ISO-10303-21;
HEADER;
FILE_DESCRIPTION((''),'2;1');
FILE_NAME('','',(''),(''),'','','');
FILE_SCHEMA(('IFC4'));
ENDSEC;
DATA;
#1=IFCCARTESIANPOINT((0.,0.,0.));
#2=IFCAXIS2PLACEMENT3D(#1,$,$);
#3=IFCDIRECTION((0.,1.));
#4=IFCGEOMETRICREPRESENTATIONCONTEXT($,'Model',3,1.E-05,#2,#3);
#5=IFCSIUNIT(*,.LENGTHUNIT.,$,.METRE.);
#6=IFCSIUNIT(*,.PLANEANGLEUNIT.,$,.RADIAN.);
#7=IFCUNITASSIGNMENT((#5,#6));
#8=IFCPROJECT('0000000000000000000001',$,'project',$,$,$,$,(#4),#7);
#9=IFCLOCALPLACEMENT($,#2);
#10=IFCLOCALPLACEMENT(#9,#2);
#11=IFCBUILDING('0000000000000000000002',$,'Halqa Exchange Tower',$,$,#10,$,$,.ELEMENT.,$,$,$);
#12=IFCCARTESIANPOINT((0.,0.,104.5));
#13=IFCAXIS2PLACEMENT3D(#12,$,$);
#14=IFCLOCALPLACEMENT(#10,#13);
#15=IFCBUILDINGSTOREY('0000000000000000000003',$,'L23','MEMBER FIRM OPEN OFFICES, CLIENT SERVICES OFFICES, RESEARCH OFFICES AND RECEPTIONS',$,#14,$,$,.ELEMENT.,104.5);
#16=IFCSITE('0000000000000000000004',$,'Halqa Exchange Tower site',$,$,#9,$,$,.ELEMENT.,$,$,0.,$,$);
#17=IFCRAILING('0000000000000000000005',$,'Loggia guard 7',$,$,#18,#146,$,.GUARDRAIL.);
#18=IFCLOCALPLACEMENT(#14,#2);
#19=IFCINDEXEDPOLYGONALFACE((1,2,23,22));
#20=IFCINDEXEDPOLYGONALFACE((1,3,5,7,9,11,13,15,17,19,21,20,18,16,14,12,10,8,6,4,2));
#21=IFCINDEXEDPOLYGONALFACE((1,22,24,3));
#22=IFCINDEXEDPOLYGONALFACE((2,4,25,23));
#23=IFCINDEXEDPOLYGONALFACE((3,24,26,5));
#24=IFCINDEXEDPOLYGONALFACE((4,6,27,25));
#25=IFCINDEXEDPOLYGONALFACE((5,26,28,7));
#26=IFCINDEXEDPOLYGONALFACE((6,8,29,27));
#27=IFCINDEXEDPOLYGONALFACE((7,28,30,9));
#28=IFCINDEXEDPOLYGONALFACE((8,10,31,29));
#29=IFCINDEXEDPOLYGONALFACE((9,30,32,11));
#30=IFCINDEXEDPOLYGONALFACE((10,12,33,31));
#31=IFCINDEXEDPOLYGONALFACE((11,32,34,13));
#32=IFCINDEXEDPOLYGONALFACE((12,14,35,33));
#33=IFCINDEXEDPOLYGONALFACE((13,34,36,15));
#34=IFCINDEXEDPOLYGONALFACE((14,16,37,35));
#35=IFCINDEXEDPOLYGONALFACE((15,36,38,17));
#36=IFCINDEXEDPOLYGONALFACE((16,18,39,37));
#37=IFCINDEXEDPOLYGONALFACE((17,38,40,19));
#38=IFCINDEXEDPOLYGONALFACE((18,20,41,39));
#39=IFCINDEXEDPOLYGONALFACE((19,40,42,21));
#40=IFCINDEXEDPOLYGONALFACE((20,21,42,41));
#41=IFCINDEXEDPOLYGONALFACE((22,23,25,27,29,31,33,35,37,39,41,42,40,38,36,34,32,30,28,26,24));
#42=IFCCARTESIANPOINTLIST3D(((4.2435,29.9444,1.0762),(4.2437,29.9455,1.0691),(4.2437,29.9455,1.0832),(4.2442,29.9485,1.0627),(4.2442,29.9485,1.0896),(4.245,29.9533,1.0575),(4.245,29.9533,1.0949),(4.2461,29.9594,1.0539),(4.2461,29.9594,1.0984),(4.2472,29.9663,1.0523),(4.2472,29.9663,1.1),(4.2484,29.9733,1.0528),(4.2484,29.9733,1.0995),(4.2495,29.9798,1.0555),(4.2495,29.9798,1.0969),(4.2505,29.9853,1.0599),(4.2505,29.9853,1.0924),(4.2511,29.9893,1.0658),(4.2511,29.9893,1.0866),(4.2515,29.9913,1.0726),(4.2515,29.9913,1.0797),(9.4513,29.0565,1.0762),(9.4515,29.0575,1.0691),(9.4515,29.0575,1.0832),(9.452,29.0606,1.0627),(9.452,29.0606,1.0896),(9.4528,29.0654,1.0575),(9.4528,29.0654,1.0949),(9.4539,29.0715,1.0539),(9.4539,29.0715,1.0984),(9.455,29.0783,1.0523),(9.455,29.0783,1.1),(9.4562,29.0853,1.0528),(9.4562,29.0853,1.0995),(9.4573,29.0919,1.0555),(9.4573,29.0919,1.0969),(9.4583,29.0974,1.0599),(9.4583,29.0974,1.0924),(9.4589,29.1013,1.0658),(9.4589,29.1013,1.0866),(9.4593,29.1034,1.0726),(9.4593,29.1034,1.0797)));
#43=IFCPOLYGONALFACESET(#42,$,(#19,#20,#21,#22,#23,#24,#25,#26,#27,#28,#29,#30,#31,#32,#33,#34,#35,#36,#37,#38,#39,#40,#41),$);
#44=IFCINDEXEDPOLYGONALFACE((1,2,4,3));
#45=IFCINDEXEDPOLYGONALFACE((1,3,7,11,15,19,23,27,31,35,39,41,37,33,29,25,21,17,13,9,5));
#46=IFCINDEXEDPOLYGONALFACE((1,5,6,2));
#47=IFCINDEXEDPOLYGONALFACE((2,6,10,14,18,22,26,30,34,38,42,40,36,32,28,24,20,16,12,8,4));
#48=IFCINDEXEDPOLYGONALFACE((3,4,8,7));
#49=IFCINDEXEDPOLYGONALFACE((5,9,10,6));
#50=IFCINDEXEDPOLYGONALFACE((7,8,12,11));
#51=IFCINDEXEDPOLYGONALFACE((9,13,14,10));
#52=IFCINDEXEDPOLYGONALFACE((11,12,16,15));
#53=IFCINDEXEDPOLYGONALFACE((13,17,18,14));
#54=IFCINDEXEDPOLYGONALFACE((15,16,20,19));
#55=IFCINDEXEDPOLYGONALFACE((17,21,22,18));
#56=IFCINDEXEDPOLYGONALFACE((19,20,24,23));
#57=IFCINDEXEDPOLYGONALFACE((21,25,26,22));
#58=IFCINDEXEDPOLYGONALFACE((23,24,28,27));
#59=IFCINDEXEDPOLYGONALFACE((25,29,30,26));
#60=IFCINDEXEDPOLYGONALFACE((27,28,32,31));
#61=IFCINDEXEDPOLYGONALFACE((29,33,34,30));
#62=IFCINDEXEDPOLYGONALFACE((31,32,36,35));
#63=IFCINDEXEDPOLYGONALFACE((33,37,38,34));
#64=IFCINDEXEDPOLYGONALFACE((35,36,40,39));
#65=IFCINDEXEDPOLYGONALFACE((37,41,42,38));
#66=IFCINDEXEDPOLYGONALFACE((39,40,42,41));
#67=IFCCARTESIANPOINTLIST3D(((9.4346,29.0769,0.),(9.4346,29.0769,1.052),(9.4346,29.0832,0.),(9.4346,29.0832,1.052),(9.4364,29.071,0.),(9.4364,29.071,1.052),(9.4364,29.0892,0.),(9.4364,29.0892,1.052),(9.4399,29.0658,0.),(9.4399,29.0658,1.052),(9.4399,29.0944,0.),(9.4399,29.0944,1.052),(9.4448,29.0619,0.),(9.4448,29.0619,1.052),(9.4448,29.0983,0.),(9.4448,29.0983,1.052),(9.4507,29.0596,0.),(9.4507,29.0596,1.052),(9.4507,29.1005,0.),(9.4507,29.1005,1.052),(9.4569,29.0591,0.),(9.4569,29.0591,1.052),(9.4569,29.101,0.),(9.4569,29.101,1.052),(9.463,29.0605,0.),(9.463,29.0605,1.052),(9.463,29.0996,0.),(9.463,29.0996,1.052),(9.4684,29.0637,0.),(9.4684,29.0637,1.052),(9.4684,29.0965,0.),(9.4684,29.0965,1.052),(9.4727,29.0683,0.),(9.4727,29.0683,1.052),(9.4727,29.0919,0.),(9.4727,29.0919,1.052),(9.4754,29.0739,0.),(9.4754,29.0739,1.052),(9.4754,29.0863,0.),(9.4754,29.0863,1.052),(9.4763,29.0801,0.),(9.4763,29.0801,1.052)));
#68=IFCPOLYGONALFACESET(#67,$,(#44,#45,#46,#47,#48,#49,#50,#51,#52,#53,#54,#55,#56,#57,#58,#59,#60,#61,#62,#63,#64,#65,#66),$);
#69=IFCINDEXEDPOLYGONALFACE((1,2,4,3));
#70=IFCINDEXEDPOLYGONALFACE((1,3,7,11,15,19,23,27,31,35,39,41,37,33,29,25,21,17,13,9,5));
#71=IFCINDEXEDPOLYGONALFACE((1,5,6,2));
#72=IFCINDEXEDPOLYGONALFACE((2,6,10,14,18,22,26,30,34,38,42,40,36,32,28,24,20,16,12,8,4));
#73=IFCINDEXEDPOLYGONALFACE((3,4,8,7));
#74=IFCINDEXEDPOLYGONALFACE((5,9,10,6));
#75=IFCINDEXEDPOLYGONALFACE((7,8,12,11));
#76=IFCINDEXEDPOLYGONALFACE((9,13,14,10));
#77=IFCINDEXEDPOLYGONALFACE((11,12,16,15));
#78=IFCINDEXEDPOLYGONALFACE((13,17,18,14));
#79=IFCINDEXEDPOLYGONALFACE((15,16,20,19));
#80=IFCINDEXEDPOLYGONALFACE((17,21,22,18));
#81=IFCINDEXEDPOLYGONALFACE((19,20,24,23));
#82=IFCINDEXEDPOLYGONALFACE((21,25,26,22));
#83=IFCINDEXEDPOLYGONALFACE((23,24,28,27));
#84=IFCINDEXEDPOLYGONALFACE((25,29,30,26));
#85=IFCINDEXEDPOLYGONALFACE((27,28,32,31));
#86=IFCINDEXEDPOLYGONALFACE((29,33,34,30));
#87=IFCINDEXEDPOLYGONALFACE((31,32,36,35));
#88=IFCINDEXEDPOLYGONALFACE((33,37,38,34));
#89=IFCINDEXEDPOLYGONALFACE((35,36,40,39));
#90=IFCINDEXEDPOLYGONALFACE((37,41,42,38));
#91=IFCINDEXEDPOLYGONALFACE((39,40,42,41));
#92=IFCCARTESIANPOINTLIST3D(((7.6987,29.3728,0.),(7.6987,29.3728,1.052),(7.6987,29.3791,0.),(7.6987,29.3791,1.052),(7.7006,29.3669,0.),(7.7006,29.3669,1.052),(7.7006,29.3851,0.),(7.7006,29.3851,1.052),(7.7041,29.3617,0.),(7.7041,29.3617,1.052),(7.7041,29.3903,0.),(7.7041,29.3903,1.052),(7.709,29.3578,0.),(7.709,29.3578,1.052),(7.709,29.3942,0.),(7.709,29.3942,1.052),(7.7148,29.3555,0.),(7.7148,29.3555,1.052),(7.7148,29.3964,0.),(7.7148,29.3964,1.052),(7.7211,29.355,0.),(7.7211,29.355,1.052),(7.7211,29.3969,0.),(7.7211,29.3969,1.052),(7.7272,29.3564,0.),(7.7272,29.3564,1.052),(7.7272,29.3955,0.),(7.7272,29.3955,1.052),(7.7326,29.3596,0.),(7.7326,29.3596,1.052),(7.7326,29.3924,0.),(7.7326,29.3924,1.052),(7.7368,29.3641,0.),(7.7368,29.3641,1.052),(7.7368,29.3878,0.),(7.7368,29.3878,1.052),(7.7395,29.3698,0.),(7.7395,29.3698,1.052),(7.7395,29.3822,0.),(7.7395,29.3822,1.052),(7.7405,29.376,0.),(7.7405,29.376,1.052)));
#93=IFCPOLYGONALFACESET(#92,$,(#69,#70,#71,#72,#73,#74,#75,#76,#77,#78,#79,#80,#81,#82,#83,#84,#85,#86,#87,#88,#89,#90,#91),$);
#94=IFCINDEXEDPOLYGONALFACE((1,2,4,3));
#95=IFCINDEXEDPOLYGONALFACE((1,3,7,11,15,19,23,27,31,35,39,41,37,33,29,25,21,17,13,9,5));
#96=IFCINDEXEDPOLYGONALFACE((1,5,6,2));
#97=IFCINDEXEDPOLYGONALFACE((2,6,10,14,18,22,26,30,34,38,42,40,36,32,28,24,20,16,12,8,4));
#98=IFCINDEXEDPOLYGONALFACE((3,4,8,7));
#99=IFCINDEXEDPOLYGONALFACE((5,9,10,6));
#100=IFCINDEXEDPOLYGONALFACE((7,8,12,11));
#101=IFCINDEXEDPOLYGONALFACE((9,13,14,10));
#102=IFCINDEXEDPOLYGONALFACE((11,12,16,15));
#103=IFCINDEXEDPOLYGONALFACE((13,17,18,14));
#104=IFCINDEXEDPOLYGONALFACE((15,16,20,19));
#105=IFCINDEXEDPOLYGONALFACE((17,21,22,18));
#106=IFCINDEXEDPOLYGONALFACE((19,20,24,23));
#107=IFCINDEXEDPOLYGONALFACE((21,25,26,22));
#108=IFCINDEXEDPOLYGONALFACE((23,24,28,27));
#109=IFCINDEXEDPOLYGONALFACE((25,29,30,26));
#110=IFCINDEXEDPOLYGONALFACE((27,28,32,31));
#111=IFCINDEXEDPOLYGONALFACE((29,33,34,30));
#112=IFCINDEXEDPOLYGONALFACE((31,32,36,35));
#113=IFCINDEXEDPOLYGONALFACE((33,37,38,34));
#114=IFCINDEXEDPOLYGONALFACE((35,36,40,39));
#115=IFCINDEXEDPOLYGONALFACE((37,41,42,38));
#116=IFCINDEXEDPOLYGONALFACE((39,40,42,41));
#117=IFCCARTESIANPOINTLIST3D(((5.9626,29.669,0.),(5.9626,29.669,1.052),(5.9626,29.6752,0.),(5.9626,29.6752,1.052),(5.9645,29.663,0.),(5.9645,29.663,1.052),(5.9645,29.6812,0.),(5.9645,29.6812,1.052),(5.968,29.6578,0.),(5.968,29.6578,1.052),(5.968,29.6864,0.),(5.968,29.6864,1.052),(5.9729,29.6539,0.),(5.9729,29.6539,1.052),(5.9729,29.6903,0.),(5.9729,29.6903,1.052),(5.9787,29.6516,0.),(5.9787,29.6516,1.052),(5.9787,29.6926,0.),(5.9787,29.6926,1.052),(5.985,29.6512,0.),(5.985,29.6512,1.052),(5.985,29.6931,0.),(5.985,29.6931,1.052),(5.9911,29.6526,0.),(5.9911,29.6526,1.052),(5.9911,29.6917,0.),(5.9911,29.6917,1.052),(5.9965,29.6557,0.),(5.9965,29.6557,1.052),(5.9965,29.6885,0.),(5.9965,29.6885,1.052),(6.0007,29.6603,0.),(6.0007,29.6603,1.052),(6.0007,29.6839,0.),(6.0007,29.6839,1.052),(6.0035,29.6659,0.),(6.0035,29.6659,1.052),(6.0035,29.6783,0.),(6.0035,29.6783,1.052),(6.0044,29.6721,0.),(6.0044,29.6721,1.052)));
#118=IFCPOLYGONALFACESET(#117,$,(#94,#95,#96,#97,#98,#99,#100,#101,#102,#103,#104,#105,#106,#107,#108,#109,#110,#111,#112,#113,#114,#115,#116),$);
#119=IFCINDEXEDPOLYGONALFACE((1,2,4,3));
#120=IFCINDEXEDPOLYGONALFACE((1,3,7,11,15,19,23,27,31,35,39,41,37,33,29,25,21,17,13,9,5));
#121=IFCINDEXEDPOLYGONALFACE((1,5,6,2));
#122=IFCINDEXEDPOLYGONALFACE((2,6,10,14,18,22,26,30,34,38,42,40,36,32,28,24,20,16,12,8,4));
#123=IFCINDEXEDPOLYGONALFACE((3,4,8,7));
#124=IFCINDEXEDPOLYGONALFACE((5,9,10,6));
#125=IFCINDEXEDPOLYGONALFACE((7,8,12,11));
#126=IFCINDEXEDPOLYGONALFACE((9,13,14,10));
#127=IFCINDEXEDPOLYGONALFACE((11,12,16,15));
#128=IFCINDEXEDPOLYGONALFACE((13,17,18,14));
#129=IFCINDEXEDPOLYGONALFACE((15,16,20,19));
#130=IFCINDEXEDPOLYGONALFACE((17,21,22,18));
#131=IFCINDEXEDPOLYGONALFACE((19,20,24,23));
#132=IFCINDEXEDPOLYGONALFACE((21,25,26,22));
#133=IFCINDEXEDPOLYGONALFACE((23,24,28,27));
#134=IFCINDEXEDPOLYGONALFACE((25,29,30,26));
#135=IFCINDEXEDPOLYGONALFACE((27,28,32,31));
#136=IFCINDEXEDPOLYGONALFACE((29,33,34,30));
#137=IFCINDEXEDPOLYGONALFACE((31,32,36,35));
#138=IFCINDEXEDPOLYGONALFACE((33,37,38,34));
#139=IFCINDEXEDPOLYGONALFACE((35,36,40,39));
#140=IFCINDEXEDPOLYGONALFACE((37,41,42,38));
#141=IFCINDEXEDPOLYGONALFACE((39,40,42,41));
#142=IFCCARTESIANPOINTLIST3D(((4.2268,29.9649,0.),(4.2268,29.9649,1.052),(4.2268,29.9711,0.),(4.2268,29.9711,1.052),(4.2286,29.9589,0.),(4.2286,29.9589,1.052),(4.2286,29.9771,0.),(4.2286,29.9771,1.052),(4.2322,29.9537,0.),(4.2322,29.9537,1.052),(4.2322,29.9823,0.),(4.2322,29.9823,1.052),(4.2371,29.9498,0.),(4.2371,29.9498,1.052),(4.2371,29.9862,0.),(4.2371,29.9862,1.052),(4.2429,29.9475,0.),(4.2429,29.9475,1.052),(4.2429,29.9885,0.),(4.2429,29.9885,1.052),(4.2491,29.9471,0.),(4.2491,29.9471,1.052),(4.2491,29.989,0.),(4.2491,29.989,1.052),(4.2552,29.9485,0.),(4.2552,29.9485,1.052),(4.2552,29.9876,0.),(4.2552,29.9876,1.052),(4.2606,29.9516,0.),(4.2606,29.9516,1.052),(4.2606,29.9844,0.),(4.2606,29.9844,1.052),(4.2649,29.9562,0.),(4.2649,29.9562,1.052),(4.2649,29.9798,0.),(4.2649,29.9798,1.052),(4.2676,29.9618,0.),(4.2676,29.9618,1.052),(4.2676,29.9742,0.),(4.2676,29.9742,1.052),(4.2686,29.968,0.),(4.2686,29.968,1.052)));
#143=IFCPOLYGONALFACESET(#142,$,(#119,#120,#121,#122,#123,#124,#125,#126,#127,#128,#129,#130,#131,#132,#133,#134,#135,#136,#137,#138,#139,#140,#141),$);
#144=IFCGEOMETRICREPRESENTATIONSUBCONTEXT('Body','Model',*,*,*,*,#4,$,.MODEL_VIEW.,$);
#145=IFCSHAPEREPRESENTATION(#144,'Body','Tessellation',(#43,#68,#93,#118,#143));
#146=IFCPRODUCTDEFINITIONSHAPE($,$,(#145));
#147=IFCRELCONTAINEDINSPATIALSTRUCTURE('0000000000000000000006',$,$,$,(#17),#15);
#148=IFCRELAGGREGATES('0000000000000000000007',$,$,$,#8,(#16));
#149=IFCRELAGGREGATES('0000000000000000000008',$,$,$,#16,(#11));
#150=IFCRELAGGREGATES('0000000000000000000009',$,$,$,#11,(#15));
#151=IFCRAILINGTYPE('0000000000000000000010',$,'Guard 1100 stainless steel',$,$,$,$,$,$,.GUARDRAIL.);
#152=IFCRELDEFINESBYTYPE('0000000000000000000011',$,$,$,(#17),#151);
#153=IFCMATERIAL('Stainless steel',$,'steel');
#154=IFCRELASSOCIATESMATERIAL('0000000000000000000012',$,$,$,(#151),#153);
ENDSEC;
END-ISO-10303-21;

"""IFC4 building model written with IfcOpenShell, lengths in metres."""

from ifc_helpers import new_model, si_unit, direction, frame, origin, origin_2d, place, context, subcontext, project, spatial, circle, extrude, material, type_object, element, save


model = new_model("IFC4")

# Units and contexts
model_context = context("Model", 3, precision=1e-05, world=origin(), true_north=direction((0.0, 1.0)))
body_context = subcontext(model_context, "Body", "Model", "MODEL_VIEW")
ifc_project = project(units=[si_unit("LENGTHUNIT", "METRE"), si_unit("PLANEANGLEUNIT", "RADIAN")], contexts=[model_context])

# Site, building, storey
site_placement = place(None, origin())
site = spatial("IfcSite", under=ifc_project, at=site_placement, Name="Halqa Exchange Tower site", CompositionType="ELEMENT", RefElevation=0.0)
building_placement = place(site_placement, origin())
building = spatial("IfcBuilding", under=site, at=building_placement, Name="Halqa Exchange Tower", CompositionType="ELEMENT")
storey_placement = place(building_placement, frame((0.0, 0.0, 104.5)))
storey = spatial("IfcBuildingStorey", under=building, at=storey_placement, Name="L23", Description="MEMBER FIRM OPEN OFFICES, CLIENT SERVICES OFFICES, RESEARCH OFFICES AND RECEPTIONS", CompositionType="ELEMENT", Elevation=104.5)

# Railing
ifc_material_1 = material(Name="Stainless steel", Category="steel")
railing_type_1 = type_object("IfcRailingType", Name="Guard 1100 stainless steel", PredefinedType="GUARDRAIL", material=ifc_material_1)
railing_1_placement = place(storey_placement, frame((9.4553, 29.0801, 0.0)))
element("IfcRailing", 1, at=railing_1_placement, inside=storey, type_object=railing_type_1, Name="Loggia guard 7", PredefinedType="GUARDRAIL", context=body_context, shape_type="SweptSolid", body=[
    extrude(circle(Radius=0.0239, at=origin_2d()), frame((0.0, 0.0, 1.0762), z_axis=(-0.985774, 0.168077, 0.0), x_axis=(-0.168077, -0.985774, 0.0)), (0.0, 0.0, 1.0), 5.283),
    extrude(circle(Radius=0.021, at=origin_2d()), origin(), (0.0, 0.0, 1.0), 1.052),
    extrude(circle(Radius=0.021, at=origin_2d()), frame((-1.7358, 0.2959, 0.0)), (0.0, 0.0, 1.0), 1.052),
    extrude(circle(Radius=0.021, at=origin_2d()), frame((-3.4719, 0.592, 0.0)), (0.0, 0.0, 1.0), 1.052),
    extrude(circle(Radius=0.021, at=origin_2d()), frame((-5.2078, 0.8879, 0.0)), (0.0, 0.0, 1.0), 1.052),
])

save(model, "model.ifc")
